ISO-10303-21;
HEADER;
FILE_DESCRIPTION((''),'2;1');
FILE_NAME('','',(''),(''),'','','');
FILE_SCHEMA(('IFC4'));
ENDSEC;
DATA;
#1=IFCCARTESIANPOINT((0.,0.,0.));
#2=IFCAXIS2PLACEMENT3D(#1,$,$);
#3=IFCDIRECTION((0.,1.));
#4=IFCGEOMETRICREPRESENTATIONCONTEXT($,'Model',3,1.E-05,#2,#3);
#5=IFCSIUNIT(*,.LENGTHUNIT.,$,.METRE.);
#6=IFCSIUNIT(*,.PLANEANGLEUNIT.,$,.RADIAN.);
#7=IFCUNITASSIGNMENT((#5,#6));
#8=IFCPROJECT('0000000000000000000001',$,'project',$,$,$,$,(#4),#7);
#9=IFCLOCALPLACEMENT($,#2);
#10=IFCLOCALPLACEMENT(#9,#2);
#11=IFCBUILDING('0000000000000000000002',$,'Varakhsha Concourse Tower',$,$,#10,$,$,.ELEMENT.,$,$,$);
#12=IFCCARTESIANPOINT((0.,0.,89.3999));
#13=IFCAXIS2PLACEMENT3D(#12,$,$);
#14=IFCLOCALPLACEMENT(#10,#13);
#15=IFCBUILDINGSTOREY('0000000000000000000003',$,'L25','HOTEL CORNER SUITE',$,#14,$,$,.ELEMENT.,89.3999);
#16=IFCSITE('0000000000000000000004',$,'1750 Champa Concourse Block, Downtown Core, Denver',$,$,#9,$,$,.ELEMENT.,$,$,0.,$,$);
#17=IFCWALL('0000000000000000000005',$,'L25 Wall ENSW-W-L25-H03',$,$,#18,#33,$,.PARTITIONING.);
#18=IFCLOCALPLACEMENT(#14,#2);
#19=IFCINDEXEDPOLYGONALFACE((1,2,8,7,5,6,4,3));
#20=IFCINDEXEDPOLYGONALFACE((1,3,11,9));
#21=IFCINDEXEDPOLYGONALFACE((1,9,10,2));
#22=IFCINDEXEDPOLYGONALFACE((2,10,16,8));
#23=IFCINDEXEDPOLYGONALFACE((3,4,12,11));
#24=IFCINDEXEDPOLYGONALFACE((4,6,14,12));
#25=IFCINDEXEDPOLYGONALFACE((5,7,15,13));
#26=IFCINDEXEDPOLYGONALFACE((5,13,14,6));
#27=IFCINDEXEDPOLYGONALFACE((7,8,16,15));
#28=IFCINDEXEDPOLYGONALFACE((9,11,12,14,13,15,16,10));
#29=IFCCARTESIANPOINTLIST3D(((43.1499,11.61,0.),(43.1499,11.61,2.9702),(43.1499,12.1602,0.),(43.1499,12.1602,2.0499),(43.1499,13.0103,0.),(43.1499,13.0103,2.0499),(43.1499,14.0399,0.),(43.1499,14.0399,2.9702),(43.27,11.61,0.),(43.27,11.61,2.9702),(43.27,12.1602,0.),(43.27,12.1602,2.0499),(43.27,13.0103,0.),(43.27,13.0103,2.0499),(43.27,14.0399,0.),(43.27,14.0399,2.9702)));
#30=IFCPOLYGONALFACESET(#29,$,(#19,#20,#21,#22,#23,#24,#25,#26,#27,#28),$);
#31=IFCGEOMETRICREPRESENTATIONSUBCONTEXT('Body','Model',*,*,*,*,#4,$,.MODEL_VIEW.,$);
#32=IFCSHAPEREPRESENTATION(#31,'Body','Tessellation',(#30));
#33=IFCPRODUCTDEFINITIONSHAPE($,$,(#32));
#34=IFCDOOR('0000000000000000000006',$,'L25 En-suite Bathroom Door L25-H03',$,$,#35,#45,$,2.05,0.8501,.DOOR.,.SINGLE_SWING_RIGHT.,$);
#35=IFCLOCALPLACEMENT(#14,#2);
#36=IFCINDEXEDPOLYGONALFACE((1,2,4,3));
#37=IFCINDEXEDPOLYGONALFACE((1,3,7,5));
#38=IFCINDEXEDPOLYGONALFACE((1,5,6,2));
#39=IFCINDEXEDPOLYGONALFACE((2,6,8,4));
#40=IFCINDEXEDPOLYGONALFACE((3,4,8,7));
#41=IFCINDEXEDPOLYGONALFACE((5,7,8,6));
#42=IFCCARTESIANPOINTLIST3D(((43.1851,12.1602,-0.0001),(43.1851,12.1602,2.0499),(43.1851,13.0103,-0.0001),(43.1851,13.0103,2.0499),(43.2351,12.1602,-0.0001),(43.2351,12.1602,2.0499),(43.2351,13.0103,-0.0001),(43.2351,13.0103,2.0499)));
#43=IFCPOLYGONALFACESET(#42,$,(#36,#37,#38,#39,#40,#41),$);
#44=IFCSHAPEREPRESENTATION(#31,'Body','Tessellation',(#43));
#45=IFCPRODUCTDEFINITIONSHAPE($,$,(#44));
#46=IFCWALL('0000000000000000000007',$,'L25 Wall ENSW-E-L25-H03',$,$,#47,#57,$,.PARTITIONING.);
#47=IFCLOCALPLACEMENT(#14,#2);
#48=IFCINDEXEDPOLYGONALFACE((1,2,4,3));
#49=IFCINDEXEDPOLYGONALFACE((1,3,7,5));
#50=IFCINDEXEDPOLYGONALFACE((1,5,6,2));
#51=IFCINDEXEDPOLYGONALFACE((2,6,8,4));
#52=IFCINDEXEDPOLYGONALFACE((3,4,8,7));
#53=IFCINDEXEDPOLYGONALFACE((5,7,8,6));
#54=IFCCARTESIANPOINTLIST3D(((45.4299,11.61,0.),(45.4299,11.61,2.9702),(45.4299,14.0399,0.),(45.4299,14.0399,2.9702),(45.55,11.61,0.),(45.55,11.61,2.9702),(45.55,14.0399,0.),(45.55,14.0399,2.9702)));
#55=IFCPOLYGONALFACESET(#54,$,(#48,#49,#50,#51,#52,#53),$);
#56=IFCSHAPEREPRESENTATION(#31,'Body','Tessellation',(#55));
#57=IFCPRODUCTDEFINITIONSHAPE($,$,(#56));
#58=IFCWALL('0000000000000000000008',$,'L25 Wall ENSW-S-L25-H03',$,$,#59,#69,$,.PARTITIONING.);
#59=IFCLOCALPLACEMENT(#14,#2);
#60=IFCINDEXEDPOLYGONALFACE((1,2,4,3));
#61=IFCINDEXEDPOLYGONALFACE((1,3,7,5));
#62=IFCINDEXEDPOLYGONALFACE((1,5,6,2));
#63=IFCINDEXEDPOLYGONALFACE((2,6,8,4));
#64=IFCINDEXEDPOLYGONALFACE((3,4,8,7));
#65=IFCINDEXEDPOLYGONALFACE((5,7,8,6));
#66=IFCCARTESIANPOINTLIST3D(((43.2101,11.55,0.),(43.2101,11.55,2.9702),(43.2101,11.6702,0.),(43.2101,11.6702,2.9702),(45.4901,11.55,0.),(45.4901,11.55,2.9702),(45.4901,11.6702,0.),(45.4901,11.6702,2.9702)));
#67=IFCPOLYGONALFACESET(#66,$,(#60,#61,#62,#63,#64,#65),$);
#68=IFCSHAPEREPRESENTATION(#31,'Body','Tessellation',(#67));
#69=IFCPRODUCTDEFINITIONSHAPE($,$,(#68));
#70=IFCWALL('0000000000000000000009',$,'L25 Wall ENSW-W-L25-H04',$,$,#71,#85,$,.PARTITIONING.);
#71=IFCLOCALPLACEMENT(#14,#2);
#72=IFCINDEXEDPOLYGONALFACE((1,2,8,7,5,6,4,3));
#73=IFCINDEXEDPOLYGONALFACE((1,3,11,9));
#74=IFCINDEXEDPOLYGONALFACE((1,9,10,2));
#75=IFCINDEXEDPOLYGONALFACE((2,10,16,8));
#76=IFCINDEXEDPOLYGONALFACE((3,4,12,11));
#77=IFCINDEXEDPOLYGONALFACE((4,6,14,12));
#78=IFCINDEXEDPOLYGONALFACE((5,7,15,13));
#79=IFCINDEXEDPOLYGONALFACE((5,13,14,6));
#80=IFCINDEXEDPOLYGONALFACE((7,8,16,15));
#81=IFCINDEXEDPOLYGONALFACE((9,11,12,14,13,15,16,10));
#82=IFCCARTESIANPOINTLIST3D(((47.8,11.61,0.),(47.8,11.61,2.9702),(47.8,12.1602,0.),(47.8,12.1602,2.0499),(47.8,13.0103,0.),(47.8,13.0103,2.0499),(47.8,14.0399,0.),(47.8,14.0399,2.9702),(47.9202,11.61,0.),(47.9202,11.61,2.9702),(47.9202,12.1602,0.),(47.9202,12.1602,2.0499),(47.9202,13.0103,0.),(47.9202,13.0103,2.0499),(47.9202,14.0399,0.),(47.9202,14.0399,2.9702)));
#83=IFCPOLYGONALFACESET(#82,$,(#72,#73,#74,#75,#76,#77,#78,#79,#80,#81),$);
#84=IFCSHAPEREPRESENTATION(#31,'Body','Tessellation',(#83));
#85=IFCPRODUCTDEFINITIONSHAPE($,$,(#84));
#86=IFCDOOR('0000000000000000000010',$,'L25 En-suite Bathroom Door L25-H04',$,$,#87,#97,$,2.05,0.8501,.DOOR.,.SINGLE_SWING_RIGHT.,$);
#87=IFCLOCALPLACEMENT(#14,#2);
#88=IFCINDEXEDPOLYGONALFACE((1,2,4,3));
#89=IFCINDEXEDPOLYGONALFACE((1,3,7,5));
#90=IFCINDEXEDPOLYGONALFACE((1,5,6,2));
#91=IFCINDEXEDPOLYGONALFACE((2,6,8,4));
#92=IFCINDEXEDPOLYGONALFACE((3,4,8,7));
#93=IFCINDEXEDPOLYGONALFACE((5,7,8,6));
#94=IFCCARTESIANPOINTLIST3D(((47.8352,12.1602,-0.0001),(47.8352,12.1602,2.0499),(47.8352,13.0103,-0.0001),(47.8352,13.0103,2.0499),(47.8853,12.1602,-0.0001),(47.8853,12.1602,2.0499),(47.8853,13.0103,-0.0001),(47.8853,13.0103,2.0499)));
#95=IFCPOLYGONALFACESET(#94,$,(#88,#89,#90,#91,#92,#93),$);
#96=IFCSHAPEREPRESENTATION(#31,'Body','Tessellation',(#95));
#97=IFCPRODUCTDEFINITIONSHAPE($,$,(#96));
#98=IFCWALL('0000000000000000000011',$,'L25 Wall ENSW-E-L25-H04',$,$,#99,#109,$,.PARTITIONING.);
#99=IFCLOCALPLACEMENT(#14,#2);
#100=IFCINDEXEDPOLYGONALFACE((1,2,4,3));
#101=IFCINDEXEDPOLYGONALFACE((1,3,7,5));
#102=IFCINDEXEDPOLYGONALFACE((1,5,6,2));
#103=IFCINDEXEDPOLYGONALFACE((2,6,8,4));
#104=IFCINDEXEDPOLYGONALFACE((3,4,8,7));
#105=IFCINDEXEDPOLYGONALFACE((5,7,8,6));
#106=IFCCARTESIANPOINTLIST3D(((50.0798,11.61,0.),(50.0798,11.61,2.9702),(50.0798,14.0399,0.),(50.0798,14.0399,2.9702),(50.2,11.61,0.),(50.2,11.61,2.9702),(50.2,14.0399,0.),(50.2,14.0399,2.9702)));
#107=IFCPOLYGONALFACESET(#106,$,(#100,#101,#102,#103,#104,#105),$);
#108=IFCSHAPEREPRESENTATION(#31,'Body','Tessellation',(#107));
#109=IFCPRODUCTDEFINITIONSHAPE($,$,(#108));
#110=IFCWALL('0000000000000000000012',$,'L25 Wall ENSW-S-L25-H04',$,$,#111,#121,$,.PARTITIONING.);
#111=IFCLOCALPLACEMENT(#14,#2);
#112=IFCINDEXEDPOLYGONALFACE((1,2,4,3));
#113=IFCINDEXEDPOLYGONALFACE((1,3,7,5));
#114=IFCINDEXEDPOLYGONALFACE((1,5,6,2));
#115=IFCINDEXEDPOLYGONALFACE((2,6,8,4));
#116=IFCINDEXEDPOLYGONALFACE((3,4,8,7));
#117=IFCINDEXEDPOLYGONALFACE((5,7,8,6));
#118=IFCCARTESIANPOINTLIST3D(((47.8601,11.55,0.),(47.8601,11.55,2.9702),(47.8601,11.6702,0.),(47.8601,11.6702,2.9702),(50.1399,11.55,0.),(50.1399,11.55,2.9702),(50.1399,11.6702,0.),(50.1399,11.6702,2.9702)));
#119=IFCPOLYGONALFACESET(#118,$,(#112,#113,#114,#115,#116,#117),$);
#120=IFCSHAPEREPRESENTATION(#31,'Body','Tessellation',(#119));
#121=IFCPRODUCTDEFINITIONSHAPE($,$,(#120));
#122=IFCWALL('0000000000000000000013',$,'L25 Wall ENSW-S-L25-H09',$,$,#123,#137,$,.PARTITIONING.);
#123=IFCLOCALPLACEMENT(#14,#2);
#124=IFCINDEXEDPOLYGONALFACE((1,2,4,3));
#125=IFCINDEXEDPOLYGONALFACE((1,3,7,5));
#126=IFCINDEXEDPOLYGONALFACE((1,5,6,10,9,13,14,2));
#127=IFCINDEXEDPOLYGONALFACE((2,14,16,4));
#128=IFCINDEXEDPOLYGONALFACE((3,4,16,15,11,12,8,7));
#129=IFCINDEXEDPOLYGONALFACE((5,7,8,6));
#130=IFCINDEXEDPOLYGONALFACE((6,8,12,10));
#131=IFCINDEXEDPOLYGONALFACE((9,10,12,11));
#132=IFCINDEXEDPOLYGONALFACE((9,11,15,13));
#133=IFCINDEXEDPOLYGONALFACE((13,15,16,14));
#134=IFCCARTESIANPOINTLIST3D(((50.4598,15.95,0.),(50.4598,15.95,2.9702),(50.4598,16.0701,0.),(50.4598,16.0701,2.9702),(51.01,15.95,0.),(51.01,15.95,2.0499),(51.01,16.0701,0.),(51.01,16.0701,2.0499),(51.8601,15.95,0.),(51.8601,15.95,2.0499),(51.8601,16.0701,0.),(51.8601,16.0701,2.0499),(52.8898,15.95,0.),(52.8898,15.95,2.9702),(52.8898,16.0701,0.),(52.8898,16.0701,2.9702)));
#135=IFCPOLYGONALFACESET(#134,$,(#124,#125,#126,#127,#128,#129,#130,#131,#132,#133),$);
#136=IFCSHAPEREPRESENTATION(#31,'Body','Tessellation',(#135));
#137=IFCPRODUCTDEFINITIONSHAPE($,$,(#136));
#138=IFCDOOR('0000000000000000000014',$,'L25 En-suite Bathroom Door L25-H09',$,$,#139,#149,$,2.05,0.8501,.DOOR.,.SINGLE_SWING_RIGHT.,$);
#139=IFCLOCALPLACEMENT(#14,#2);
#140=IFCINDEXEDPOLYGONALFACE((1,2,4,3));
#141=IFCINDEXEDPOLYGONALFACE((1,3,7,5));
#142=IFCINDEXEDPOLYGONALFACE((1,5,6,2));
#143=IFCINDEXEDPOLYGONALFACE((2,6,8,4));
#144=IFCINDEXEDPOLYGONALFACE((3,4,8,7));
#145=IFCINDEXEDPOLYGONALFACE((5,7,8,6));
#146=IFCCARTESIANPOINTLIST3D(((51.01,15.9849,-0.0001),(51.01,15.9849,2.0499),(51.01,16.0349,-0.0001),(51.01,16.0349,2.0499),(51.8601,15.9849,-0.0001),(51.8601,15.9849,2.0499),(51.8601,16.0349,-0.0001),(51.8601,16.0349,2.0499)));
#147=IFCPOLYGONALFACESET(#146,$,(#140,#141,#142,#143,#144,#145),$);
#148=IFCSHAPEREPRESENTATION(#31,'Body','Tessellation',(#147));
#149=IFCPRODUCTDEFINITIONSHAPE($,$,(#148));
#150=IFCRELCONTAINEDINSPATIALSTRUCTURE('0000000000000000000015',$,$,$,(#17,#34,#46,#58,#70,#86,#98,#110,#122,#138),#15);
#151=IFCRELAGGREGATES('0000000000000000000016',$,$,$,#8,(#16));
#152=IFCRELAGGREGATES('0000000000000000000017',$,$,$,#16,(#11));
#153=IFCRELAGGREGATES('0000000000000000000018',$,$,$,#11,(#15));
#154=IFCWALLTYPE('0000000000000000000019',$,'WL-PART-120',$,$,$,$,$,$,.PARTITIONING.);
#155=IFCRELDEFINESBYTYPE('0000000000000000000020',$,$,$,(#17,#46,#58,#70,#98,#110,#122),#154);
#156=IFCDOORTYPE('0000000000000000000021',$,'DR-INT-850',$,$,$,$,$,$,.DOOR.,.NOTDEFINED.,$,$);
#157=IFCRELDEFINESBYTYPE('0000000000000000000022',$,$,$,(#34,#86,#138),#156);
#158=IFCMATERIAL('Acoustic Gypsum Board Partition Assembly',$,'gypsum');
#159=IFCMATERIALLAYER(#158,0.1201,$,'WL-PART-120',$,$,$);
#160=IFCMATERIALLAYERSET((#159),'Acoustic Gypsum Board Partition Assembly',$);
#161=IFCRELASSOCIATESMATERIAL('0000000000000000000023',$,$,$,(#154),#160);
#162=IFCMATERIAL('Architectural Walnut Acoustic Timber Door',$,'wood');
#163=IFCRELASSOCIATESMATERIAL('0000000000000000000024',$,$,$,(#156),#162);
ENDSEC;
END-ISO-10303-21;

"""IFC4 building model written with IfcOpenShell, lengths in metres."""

from ifc_helpers import new_model, si_unit, direction, frame, frame_2d, origin, place, context, subcontext, project, spatial, rectangle, extrude, material, layer, layer_set, type_object, element, fill, save


model = new_model("IFC4")

# Units and contexts
model_context = context("Model", 3, precision=1e-05, world=origin(), true_north=direction((0.0, 1.0)))
body_context = subcontext(model_context, "Body", "Model", "MODEL_VIEW")
ifc_project = project(units=[si_unit("LENGTHUNIT", "METRE"), si_unit("PLANEANGLEUNIT", "RADIAN")], contexts=[model_context])

# Site, building, storey
site_placement = place(None, origin())
site = spatial("IfcSite", under=ifc_project, at=site_placement, Name="1750 Champa Concourse Block, Downtown Core, Denver", CompositionType="ELEMENT", RefElevation=0.0)
building_placement = place(site_placement, origin())
building = spatial("IfcBuilding", under=site, at=building_placement, Name="Varakhsha Concourse Tower", CompositionType="ELEMENT")
storey_placement = place(building_placement, frame((0.0, 0.0, 89.3999)))
storey = spatial("IfcBuildingStorey", under=building, at=storey_placement, Name="L25", Description="HOTEL CORNER SUITE", CompositionType="ELEMENT", Elevation=89.3999)

# Wall, opening, door
ifc_material_1 = material(Name="Acoustic Gypsum Board Partition Assembly", Category="gypsum")
ifc_layer_1 = layer(ifc_material_1, 0.1201, Name="WL-PART-120")
ifc_layer_set_1 = layer_set([ifc_layer_1], Name="Acoustic Gypsum Board Partition Assembly")
wall_type_1 = type_object("IfcWallType", Name="WL-PART-120", PredefinedType="PARTITIONING", material=ifc_layer_set_1)
wall_1_placement = place(storey_placement, frame((43.21, 11.6101, 0.0), z_axis=(0.0, 0.0, 1.0), x_axis=(0.0, 1.0, 0.0)))
wall_1 = element("IfcWall", 1, at=wall_1_placement, inside=storey, type_object=wall_type_1, Name="L25 Wall ENSW-W-L25-H03", PredefinedType="PARTITIONING", context=body_context, shape_type="SweptSolid", body=[
    extrude(rectangle(XDim=2.4299, YDim=0.1201, at=frame_2d((1.2148, 0.0))), origin(), (0.0, 0.0, 1.0), 2.9702),
])
opening_1_placement = place(wall_1_placement, frame((0.55, 0.0, 0.0)))
opening_1 = element("IfcOpeningElement", 2, at=opening_1_placement, cuts=wall_1, PredefinedType="OPENING", context=body_context, shape_type="SweptSolid", body=[
    extrude(rectangle(XDim=0.8501, YDim=2.05, at=frame_2d((0.425, 1.0249))), frame((0.0, 0.0701, 0.0), z_axis=(0.0, -1.0, 0.0), x_axis=(1.0, 0.0, 0.0)), (0.0, 0.0, 1.0), 0.1401),
])
ifc_material_2 = material(Name="Architectural Walnut Acoustic Timber Door", Category="wood")
door_type_1 = type_object("IfcDoorType", Name="DR-INT-850", OperationType="NOTDEFINED", PredefinedType="DOOR", material=ifc_material_2)
door_1_placement = place(opening_1_placement, origin())
door_1 = element("IfcDoor", 3, at=door_1_placement, inside=storey, type_object=door_type_1, Name="L25 En-suite Bathroom Door L25-H03", OperationType="SINGLE_SWING_RIGHT", OverallHeight=2.05, OverallWidth=0.8501, PredefinedType="DOOR", context=body_context, shape_type="SweptSolid", body=[
    extrude(rectangle(XDim=0.8501, YDim=2.05, at=frame_2d((0.425, 1.0249))), frame((0.0, 0.0249, 0.0), z_axis=(0.0, -1.0, 0.0), x_axis=(1.0, 0.0, 0.0)), (0.0, 0.0, 1.0), 0.05),
])
fill(opening_1, door_1)

# Walls
wall_2_placement = place(storey_placement, frame((45.49, 11.6101, 0.0), z_axis=(0.0, 0.0, 1.0), x_axis=(0.0, 1.0, 0.0)))
element("IfcWall", 4, at=wall_2_placement, inside=storey, type_object=wall_type_1, Name="L25 Wall ENSW-E-L25-H03", PredefinedType="PARTITIONING", context=body_context, shape_type="SweptSolid", body=[
    extrude(rectangle(XDim=2.4299, YDim=0.1201, at=frame_2d((1.2148, 0.0))), origin(), (0.0, 0.0, 1.0), 2.9702),
])
wall_3_placement = place(storey_placement, frame((43.21, 11.6101, 0.0), z_axis=(0.0, 0.0, 1.0), x_axis=(1.0, 0.0, 0.0)))
element("IfcWall", 5, at=wall_3_placement, inside=storey, type_object=wall_type_1, Name="L25 Wall ENSW-S-L25-H03", PredefinedType="PARTITIONING", context=body_context, shape_type="SweptSolid", body=[
    extrude(rectangle(XDim=2.28, YDim=0.1201, at=frame_2d((1.1401, 0.0))), origin(), (0.0, 0.0, 1.0), 2.9702),
])

# Wall, opening, door
wall_4_placement = place(storey_placement, frame((47.8601, 11.6101, 0.0), z_axis=(0.0, 0.0, 1.0), x_axis=(0.0, 1.0, 0.0)))
wall_4 = element("IfcWall", 6, at=wall_4_placement, inside=storey, type_object=wall_type_1, Name="L25 Wall ENSW-W-L25-H04", PredefinedType="PARTITIONING", context=body_context, shape_type="SweptSolid", body=[
    extrude(rectangle(XDim=2.4299, YDim=0.1201, at=frame_2d((1.2148, 0.0))), origin(), (0.0, 0.0, 1.0), 2.9702),
])
opening_2_placement = place(wall_4_placement, frame((0.55, 0.0, 0.0)))
opening_2 = element("IfcOpeningElement", 7, at=opening_2_placement, cuts=wall_4, PredefinedType="OPENING", context=body_context, shape_type="SweptSolid", body=[
    extrude(rectangle(XDim=0.8501, YDim=2.05, at=frame_2d((0.425, 1.0249))), frame((0.0, 0.0701, 0.0), z_axis=(0.0, -1.0, 0.0), x_axis=(1.0, 0.0, 0.0)), (0.0, 0.0, 1.0), 0.1401),
])
door_2_placement = place(opening_2_placement, origin())
door_2 = element("IfcDoor", 8, at=door_2_placement, inside=storey, type_object=door_type_1, Name="L25 En-suite Bathroom Door L25-H04", OperationType="SINGLE_SWING_RIGHT", OverallHeight=2.05, OverallWidth=0.8501, PredefinedType="DOOR", context=body_context, shape_type="SweptSolid", body=[
    extrude(rectangle(XDim=0.8501, YDim=2.05, at=frame_2d((0.425, 1.0249))), frame((0.0, 0.0249, 0.0), z_axis=(0.0, -1.0, 0.0), x_axis=(1.0, 0.0, 0.0)), (0.0, 0.0, 1.0), 0.05),
])
fill(opening_2, door_2)

# Walls
wall_5_placement = place(storey_placement, frame((50.1399, 11.6101, 0.0), z_axis=(0.0, 0.0, 1.0), x_axis=(0.0, 1.0, 0.0)))
element("IfcWall", 9, at=wall_5_placement, inside=storey, type_object=wall_type_1, Name="L25 Wall ENSW-E-L25-H04", PredefinedType="PARTITIONING", context=body_context, shape_type="SweptSolid", body=[
    extrude(rectangle(XDim=2.4299, YDim=0.1201, at=frame_2d((1.2148, 0.0))), origin(), (0.0, 0.0, 1.0), 2.9702),
])
wall_6_placement = place(storey_placement, frame((47.8601, 11.6101, 0.0), z_axis=(0.0, 0.0, 1.0), x_axis=(1.0, 0.0, 0.0)))
element("IfcWall", 10, at=wall_6_placement, inside=storey, type_object=wall_type_1, Name="L25 Wall ENSW-S-L25-H04", PredefinedType="PARTITIONING", context=body_context, shape_type="SweptSolid", body=[
    extrude(rectangle(XDim=2.2798, YDim=0.1201, at=frame_2d((1.1399, 0.0))), origin(), (0.0, 0.0, 1.0), 2.9702),
])

# Wall, opening, door
wall_7_placement = place(storey_placement, frame((50.46, 16.01, 0.0), z_axis=(0.0, 0.0, 1.0), x_axis=(1.0, 0.0, 0.0)))
wall_7 = element("IfcWall", 11, at=wall_7_placement, inside=storey, type_object=wall_type_1, Name="L25 Wall ENSW-S-L25-H09", PredefinedType="PARTITIONING", context=body_context, shape_type="SweptSolid", body=[
    extrude(rectangle(XDim=2.4299, YDim=0.1201, at=frame_2d((1.2148, 0.0))), origin(), (0.0, 0.0, 1.0), 2.9702),
])
opening_3_placement = place(wall_7_placement, frame((0.55, 0.0, 0.0)))
opening_3 = element("IfcOpeningElement", 12, at=opening_3_placement, cuts=wall_7, PredefinedType="OPENING", context=body_context, shape_type="SweptSolid", body=[
    extrude(rectangle(XDim=0.8501, YDim=2.05, at=frame_2d((0.425, 1.0249))), frame((0.0, 0.0701, 0.0), z_axis=(0.0, -1.0, 0.0), x_axis=(1.0, 0.0, 0.0)), (0.0, 0.0, 1.0), 0.1401),
])
door_3_placement = place(opening_3_placement, origin())
door_3 = element("IfcDoor", 13, at=door_3_placement, inside=storey, type_object=door_type_1, Name="L25 En-suite Bathroom Door L25-H09", OperationType="SINGLE_SWING_RIGHT", OverallHeight=2.05, OverallWidth=0.8501, PredefinedType="DOOR", context=body_context, shape_type="SweptSolid", body=[
    extrude(rectangle(XDim=0.8501, YDim=2.05, at=frame_2d((0.425, 1.0249))), frame((0.0, 0.0249, 0.0), z_axis=(0.0, -1.0, 0.0), x_axis=(1.0, 0.0, 0.0)), (0.0, 0.0, 1.0), 0.05),
])
fill(opening_3, door_3)

save(model, "model.ifc")
